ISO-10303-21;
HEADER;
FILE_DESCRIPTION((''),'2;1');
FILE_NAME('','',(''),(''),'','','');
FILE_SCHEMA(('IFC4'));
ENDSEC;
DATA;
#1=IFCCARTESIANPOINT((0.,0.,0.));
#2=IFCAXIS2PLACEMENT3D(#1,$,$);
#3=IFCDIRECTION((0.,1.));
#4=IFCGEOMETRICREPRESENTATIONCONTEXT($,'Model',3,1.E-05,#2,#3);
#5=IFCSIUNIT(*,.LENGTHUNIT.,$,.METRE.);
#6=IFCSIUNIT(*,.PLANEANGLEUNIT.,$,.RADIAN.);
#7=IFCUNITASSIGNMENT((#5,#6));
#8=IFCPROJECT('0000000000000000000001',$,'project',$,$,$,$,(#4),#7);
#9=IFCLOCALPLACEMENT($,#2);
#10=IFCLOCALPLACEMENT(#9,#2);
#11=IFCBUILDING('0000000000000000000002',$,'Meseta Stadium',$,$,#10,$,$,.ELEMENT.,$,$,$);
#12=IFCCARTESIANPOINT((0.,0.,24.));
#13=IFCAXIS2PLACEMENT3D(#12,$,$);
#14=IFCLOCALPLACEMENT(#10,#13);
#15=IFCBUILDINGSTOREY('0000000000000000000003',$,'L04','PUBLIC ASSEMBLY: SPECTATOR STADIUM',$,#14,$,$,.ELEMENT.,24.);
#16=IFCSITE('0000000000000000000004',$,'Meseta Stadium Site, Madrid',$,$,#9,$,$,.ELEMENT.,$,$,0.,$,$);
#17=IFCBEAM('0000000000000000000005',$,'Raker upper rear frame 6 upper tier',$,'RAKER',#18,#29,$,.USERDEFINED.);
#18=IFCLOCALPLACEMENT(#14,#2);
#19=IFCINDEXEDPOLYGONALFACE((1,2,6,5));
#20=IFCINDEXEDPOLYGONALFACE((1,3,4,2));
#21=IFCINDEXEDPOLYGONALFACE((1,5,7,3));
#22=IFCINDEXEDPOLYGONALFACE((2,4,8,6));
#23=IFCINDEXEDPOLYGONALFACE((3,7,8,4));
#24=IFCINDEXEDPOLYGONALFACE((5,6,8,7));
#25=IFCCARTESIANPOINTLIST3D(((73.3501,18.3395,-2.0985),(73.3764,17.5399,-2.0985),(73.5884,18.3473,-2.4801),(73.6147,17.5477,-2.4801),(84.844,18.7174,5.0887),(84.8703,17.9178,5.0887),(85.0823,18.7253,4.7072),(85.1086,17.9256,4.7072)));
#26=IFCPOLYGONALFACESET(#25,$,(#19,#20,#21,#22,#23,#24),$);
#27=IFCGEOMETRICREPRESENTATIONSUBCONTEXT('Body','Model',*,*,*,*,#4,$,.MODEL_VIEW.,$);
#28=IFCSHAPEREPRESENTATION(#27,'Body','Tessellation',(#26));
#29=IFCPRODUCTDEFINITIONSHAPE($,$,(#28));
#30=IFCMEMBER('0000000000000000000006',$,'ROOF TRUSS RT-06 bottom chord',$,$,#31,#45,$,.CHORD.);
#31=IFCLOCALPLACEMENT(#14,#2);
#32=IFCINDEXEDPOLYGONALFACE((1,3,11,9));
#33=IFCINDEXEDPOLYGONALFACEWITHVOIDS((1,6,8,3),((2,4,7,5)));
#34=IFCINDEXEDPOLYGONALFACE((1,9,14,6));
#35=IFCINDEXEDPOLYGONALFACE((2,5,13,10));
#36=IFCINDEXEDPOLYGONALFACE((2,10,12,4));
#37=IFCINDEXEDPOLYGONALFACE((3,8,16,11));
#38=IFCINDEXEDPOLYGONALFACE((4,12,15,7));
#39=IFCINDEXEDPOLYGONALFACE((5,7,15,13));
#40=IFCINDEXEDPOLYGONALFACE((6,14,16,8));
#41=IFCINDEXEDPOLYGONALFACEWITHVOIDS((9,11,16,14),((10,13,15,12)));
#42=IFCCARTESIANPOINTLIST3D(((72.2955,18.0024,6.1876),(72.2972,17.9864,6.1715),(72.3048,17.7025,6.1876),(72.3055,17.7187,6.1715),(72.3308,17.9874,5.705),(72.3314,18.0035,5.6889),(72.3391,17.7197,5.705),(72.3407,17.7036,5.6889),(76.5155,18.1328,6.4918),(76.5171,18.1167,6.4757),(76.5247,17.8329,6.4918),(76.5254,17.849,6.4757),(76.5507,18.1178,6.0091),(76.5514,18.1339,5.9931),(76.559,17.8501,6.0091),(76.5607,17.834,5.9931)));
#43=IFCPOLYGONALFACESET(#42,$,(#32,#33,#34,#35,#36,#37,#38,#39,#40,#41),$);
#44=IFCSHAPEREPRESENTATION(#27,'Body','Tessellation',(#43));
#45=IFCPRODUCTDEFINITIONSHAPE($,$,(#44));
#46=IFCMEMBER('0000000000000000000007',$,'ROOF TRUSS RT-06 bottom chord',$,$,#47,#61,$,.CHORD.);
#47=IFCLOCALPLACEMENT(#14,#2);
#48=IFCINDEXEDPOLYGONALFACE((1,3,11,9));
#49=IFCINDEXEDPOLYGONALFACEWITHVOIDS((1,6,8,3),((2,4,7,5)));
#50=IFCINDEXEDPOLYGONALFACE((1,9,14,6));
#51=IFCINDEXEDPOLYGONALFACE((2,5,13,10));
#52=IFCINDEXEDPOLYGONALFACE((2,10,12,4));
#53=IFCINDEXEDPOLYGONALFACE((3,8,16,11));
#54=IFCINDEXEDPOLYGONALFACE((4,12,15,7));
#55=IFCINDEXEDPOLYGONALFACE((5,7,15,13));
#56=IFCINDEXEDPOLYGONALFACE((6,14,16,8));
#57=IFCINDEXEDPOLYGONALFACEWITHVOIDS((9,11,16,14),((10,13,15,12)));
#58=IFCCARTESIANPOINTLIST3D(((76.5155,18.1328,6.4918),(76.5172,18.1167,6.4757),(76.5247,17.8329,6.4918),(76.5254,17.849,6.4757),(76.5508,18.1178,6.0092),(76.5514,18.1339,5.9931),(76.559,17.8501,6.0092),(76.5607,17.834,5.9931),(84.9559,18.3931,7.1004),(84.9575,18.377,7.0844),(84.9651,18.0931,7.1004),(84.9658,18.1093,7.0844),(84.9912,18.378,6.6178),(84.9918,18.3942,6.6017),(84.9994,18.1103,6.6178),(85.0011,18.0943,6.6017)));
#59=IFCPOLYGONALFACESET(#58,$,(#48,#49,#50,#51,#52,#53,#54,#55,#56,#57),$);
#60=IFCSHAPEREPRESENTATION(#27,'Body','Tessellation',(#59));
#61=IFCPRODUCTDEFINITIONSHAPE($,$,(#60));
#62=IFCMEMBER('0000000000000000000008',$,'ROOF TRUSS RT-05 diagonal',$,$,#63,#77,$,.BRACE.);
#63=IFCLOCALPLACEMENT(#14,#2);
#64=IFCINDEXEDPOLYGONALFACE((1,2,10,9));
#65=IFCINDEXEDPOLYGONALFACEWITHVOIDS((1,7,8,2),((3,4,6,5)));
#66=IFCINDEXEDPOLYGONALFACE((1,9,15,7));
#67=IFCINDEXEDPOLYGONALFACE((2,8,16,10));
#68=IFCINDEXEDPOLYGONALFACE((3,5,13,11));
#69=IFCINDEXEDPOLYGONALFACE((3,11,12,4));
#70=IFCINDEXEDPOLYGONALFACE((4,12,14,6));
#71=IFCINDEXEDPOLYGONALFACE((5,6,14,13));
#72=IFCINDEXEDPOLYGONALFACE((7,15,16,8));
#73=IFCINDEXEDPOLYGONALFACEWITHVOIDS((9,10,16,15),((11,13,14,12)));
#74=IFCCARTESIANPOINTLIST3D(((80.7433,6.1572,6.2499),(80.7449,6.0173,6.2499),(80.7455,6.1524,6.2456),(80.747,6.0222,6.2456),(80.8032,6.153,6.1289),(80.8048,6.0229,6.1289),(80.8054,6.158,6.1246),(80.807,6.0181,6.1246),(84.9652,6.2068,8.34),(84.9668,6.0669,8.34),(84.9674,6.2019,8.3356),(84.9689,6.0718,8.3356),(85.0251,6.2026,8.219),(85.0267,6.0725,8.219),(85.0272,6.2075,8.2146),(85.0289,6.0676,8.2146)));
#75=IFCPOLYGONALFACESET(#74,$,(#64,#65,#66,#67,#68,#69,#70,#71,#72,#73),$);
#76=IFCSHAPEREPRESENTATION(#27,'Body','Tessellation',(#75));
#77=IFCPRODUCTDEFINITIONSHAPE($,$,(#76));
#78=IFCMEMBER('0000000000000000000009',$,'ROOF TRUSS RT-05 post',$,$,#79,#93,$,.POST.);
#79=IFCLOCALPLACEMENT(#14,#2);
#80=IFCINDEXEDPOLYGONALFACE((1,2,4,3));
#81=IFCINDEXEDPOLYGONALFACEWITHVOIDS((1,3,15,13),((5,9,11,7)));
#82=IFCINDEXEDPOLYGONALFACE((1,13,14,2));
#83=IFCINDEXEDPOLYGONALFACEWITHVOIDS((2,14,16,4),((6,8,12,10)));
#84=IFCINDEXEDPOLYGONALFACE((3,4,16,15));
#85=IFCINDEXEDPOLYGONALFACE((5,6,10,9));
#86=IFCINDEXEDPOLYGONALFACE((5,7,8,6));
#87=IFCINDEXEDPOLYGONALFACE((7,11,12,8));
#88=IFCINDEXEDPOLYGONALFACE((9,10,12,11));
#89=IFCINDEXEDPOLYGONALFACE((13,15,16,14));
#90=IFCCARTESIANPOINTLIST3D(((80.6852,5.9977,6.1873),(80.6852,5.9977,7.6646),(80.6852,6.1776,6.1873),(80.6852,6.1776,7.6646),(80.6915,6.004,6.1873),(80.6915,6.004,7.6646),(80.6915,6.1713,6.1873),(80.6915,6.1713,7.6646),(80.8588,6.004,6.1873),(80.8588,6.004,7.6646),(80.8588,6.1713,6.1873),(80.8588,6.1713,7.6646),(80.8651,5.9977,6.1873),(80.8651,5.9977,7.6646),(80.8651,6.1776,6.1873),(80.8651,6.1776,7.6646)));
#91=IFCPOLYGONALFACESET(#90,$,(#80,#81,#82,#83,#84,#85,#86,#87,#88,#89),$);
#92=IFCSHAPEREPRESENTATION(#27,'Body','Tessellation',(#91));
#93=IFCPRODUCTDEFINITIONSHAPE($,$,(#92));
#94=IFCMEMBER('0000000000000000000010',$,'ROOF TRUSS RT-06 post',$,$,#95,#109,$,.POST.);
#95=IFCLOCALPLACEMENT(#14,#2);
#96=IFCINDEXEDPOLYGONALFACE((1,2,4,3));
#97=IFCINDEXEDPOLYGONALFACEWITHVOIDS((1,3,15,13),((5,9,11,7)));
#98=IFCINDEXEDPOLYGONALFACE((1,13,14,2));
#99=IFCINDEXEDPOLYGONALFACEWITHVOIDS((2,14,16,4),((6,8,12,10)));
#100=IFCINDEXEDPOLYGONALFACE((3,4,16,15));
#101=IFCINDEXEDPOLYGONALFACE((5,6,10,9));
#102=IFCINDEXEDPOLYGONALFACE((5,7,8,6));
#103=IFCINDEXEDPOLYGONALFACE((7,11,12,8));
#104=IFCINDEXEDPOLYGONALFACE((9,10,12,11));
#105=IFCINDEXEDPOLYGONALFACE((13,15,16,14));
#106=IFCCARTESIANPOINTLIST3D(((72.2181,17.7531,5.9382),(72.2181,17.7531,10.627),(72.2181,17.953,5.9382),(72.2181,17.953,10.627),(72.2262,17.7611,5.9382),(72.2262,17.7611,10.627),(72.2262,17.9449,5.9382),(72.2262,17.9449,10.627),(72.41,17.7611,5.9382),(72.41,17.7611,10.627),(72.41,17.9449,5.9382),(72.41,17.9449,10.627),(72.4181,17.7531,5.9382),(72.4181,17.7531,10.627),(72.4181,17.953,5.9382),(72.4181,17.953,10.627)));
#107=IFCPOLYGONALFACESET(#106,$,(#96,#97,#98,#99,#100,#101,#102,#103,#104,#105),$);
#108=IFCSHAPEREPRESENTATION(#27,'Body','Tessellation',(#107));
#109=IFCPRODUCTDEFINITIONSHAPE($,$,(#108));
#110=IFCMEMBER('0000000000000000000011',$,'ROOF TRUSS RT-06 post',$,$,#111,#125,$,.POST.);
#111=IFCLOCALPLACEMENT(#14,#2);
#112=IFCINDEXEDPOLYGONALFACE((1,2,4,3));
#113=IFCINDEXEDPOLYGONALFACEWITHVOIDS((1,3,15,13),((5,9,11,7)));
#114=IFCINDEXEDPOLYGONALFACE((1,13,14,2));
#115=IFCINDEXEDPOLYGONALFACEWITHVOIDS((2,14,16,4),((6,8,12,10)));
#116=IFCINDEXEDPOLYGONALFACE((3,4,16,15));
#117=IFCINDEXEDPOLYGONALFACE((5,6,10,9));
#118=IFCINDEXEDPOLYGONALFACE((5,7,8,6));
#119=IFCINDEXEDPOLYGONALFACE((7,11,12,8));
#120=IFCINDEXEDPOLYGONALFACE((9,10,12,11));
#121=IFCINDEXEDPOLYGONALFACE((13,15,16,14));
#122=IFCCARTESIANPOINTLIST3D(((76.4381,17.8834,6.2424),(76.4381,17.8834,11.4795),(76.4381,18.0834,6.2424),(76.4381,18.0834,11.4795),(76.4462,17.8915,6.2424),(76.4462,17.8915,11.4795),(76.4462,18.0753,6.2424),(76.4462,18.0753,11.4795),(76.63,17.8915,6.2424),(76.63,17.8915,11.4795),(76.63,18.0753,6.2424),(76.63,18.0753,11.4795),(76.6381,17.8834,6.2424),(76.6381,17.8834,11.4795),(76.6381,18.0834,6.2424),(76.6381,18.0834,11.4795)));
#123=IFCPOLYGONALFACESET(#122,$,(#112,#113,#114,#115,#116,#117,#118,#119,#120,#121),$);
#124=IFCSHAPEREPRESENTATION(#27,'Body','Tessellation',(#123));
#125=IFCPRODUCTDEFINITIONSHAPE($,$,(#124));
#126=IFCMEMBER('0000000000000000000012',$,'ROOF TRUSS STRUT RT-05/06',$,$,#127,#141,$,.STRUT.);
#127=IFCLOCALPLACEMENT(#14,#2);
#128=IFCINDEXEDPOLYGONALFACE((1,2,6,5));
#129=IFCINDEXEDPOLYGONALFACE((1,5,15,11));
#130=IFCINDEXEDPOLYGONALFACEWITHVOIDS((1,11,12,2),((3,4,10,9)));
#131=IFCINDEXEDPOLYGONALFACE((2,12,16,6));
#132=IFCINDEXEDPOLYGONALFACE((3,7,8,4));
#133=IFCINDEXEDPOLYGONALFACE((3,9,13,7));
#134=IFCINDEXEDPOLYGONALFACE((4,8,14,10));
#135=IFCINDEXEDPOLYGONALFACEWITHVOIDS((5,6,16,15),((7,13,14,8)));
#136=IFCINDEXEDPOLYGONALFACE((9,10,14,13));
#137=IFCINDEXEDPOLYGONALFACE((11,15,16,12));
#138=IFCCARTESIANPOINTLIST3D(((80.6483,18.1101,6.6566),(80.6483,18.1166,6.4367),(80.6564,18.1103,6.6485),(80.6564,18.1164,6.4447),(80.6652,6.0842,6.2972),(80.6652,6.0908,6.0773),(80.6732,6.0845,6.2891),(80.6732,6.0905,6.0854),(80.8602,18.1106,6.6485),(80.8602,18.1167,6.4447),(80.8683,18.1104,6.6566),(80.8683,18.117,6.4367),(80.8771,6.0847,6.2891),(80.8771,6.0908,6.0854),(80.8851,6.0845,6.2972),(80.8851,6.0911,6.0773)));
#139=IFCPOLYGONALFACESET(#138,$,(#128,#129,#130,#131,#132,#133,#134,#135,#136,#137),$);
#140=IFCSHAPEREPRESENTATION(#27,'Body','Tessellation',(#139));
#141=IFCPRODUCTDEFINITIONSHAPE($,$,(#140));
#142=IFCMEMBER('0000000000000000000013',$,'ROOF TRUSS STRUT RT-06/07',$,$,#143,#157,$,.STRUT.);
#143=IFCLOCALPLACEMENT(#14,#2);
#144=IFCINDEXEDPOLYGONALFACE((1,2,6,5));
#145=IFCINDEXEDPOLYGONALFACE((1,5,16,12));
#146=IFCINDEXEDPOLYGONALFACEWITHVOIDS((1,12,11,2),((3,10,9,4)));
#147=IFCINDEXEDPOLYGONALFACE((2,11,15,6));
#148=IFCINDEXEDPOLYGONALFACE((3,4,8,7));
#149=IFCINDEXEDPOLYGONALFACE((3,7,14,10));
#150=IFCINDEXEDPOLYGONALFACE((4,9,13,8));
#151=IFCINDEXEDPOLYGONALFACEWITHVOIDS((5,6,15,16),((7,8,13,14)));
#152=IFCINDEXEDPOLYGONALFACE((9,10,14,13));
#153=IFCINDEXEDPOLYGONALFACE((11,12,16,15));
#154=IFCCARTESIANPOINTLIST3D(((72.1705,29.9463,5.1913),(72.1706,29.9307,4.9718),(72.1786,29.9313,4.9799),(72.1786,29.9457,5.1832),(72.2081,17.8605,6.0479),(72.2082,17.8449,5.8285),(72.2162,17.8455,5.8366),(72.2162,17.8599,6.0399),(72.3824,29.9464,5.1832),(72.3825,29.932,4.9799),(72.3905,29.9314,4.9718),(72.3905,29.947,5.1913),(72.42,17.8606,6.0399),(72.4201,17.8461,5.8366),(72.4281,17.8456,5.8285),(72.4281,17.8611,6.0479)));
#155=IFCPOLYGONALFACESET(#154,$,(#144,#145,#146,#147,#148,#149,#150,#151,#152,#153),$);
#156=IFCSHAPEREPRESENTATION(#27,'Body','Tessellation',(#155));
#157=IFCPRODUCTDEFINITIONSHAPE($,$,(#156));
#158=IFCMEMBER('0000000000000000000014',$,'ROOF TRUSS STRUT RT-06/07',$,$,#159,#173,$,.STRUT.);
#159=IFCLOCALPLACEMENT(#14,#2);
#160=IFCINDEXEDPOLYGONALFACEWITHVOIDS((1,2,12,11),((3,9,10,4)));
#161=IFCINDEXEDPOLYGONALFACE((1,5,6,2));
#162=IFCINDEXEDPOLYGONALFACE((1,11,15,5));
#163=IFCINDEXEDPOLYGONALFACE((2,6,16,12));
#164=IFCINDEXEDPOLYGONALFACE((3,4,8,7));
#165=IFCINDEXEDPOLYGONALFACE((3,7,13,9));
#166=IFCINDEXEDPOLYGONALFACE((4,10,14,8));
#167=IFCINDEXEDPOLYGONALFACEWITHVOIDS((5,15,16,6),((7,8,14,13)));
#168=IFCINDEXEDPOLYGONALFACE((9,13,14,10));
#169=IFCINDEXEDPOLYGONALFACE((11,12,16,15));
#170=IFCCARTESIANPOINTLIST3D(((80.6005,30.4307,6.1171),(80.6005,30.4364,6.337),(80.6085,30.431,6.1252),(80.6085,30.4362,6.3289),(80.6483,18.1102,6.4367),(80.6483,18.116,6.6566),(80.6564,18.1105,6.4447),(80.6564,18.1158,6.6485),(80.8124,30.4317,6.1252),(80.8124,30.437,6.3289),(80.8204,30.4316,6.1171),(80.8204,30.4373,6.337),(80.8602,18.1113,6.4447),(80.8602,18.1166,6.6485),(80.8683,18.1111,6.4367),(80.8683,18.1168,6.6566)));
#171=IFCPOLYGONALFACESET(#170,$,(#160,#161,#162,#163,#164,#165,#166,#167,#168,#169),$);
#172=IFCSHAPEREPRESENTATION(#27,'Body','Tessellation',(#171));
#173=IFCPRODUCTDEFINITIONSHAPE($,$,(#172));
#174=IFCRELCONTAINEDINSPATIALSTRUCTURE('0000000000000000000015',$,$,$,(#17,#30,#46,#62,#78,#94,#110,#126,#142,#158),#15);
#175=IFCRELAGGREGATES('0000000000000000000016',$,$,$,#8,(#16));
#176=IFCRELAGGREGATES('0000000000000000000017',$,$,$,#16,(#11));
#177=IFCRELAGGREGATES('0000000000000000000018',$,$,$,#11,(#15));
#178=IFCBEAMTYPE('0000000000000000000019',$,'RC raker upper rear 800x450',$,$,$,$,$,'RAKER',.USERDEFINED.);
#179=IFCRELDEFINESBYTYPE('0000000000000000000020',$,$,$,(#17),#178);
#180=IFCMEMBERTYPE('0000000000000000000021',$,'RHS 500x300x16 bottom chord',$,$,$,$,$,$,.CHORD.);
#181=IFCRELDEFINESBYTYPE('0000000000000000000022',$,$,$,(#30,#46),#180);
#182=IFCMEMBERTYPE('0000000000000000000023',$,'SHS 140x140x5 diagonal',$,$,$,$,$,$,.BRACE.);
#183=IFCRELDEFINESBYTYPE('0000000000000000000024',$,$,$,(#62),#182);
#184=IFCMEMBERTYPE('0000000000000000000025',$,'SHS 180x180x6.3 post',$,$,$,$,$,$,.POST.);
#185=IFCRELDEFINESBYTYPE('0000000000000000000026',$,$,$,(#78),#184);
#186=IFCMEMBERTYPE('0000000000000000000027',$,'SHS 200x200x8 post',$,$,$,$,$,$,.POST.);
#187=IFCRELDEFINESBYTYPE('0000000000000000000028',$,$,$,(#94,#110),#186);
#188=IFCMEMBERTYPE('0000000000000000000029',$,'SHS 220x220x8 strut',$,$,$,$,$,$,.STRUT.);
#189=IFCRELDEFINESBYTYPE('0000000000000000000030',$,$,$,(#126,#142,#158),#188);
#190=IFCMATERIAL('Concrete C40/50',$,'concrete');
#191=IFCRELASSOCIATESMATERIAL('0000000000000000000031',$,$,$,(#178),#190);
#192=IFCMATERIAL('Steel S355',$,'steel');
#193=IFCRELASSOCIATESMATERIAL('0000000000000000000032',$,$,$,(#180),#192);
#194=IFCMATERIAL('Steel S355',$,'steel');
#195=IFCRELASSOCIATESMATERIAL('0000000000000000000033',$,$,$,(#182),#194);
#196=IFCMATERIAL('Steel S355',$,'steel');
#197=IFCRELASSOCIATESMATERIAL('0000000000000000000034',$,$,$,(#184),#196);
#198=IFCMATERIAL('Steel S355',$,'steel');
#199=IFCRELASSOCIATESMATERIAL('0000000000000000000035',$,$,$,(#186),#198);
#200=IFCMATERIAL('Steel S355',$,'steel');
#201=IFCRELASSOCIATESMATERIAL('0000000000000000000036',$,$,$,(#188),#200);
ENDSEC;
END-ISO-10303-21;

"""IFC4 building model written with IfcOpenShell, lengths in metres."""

from ifc_helpers import new_model, si_unit, direction, frame, origin, origin_2d, place, context, subcontext, project, spatial, rectangle, hollow_rectangle, extrude, material, material_profile, profile_set, type_object, element, save


model = new_model("IFC4")

# Units and contexts
model_context = context("Model", 3, precision=1e-05, world=origin(), true_north=direction((0.0, 1.0)))
body_context = subcontext(model_context, "Body", "Model", "MODEL_VIEW")
ifc_project = project(units=[si_unit("LENGTHUNIT", "METRE"), si_unit("PLANEANGLEUNIT", "RADIAN")], contexts=[model_context])

# Site, building, storey
site_placement = place(None, origin())
site = spatial("IfcSite", under=ifc_project, at=site_placement, Name="Meseta Stadium Site, Madrid", CompositionType="ELEMENT", RefElevation=0.0)
building_placement = place(site_placement, origin())
building = spatial("IfcBuilding", under=site, at=building_placement, Name="Meseta Stadium", CompositionType="ELEMENT")
storey_placement = place(building_placement, frame((0.0, 0.0, 24.0)))
storey = spatial("IfcBuildingStorey", under=building, at=storey_placement, Name="L04", Description="PUBLIC ASSEMBLY: SPECTATOR STADIUM", CompositionType="ELEMENT", Elevation=24.0)

# Beam
ifc_material_1 = material(Name="Concrete C40/50", Category="concrete")
ifc_material_profile_1 = material_profile(ifc_material_1, rectangle(XDim=0.8, YDim=0.45, at=origin_2d()), Name="RC 800x450")
ifc_profile_set_1 = profile_set([ifc_material_profile_1], Name="Concrete C40/50")
beam_type = type_object("IfcBeamType", Name="RC raker upper rear 800x450", ElementType="RAKER", PredefinedType="USERDEFINED", material=ifc_profile_set_1)
beam_placement = place(storey_placement, frame((73.4824, 17.9436, -2.2893), z_axis=(0.847551, 0.027868, 0.529982), x_axis=(-0.032863, 0.99946, 0.0)))
element("IfcBeam", 1, at=beam_placement, inside=storey, type_object=beam_type, Name="Raker upper rear frame 6 upper tier", ObjectType="RAKER", PredefinedType="USERDEFINED", context=body_context, shape_type="SweptSolid", body=[
    extrude(rectangle(XDim=0.8, YDim=0.45, at=origin_2d()), origin(), (0.0, 0.0, 1.0), 13.5613),
])

# Members
ifc_material_2 = material(Name="Steel S355", Category="steel")
ifc_material_profile_2 = material_profile(ifc_material_2, hollow_rectangle(XDim=0.3, YDim=0.5, WallThickness=0.0161, at=origin_2d()), Name="RHS 500x300x16")
ifc_profile_set_2 = profile_set([ifc_material_profile_2], Name="Steel S355")
member_type_1 = type_object("IfcMemberType", Name="RHS 500x300x16 bottom chord", PredefinedType="CHORD", material=ifc_profile_set_2)
member_1_placement = place(storey_placement, frame((72.3181, 17.853, 5.9382), z_axis=(0.996939, 0.030799, 0.071865), x_axis=(-0.030879, 0.999523, 0.0)))
element("IfcMember", 2, at=member_1_placement, inside=storey, type_object=member_type_1, Name="ROOF TRUSS RT-06 bottom chord", PredefinedType="CHORD", context=body_context, shape_type="SweptSolid", body=[
    extrude(hollow_rectangle(XDim=0.3, YDim=0.5, WallThickness=0.0161, at=origin_2d()), origin(), (0.0, 0.0, 1.0), 4.2329),
])
member_2_placement = place(storey_placement, frame((76.5381, 17.9834, 6.2424), z_axis=(0.996939, 0.03074, 0.07189), x_axis=(-0.03082, 0.999525, 0.0)))
element("IfcMember", 3, at=member_2_placement, inside=storey, type_object=member_type_1, Name="ROOF TRUSS RT-06 bottom chord", PredefinedType="CHORD", context=body_context, shape_type="SweptSolid", body=[
    extrude(hollow_rectangle(XDim=0.3, YDim=0.5, WallThickness=0.0161, at=origin_2d()), origin(), (0.0, 0.0, 1.0), 8.4663),
])
ifc_material_3 = material(Name="Steel S355", Category="steel")
ifc_material_profile_3 = material_profile(ifc_material_3, hollow_rectangle(XDim=0.1399, YDim=0.1399, WallThickness=0.0049, at=origin_2d()), Name="SHS 140x140x5")
ifc_profile_set_3 = profile_set([ifc_material_profile_3], Name="Steel S355")
member_type_2 = type_object("IfcMemberType", Name="SHS 140x140x5 diagonal", PredefinedType="BRACE", material=ifc_profile_set_3)
member_3_placement = place(storey_placement, frame((80.7751, 6.0876, 6.1873), z_axis=(0.896143, 0.01052, 0.443641), x_axis=(-0.011738, 0.999931, 0.0)))
element("IfcMember", 4, at=member_3_placement, inside=storey, type_object=member_type_2, Name="ROOF TRUSS RT-05 diagonal", PredefinedType="BRACE", context=body_context, shape_type="SweptSolid", body=[
    extrude(hollow_rectangle(XDim=0.1399, YDim=0.1399, WallThickness=0.0049, at=origin_2d()), origin(), (0.0, 0.0, 1.0), 4.7112),
])
ifc_material_4 = material(Name="Steel S355", Category="steel")
ifc_material_profile_4 = material_profile(ifc_material_4, hollow_rectangle(XDim=0.1799, YDim=0.1799, WallThickness=0.0063, at=origin_2d()), Name="SHS 180x180x6.3")
ifc_profile_set_4 = profile_set([ifc_material_profile_4], Name="Steel S355")
member_type_3 = type_object("IfcMemberType", Name="SHS 180x180x6.3 post", PredefinedType="POST", material=ifc_profile_set_4)
member_4_placement = place(storey_placement, frame((80.7751, 6.0876, 6.1873), z_axis=(0.0, 0.0, 1.0), x_axis=(1.0, 0.0, 0.0)))
element("IfcMember", 5, at=member_4_placement, inside=storey, type_object=member_type_3, Name="ROOF TRUSS RT-05 post", PredefinedType="POST", context=body_context, shape_type="SweptSolid", body=[
    extrude(hollow_rectangle(XDim=0.1799, YDim=0.1799, WallThickness=0.0063, at=origin_2d()), origin(), (0.0, 0.0, 1.0), 1.4773),
])
ifc_material_5 = material(Name="Steel S355", Category="steel")
ifc_material_profile_5 = material_profile(ifc_material_5, hollow_rectangle(XDim=0.2, YDim=0.2, WallThickness=0.0081, at=origin_2d()), Name="SHS 200x200x8")
ifc_profile_set_5 = profile_set([ifc_material_profile_5], Name="Steel S355")
member_type_4 = type_object("IfcMemberType", Name="SHS 200x200x8 post", PredefinedType="POST", material=ifc_profile_set_5)
member_5_placement = place(storey_placement, frame((72.3181, 17.853, 5.9382), z_axis=(0.0, 0.0, 1.0), x_axis=(1.0, 0.0, 0.0)))
element("IfcMember", 6, at=member_5_placement, inside=storey, type_object=member_type_4, Name="ROOF TRUSS RT-06 post", PredefinedType="POST", context=body_context, shape_type="SweptSolid", body=[
    extrude(hollow_rectangle(XDim=0.2, YDim=0.2, WallThickness=0.0081, at=origin_2d()), origin(), (0.0, 0.0, 1.0), 4.6887),
])
member_6_placement = place(storey_placement, frame((76.5381, 17.9834, 6.2424), z_axis=(0.0, 0.0, 1.0), x_axis=(1.0, 0.0, 0.0)))
element("IfcMember", 7, at=member_6_placement, inside=storey, type_object=member_type_4, Name="ROOF TRUSS RT-06 post", PredefinedType="POST", context=body_context, shape_type="SweptSolid", body=[
    extrude(hollow_rectangle(XDim=0.2, YDim=0.2, WallThickness=0.0081, at=origin_2d()), origin(), (0.0, 0.0, 1.0), 5.2371),
])
ifc_material_6 = material(Name="Steel S355", Category="steel")
ifc_material_profile_6 = material_profile(ifc_material_6, hollow_rectangle(XDim=0.22, YDim=0.22, WallThickness=0.0081, at=origin_2d()), Name="SHS 220x220x8")
ifc_profile_set_6 = profile_set([ifc_material_profile_6], Name="Steel S355")
member_type_5 = type_object("IfcMemberType", Name="SHS 220x220x8 strut", PredefinedType="STRUT", material=ifc_profile_set_6)
member_7_placement = place(storey_placement, frame((80.7751, 6.0876, 6.1873), z_axis=(-0.0014, 0.999553, 0.02987), x_axis=(-0.999999, -0.001401, 0.0)))
element("IfcMember", 8, at=member_7_placement, inside=storey, type_object=member_type_5, Name="ROOF TRUSS STRUT RT-05/06", PredefinedType="STRUT", context=body_context, shape_type="SweptSolid", body=[
    extrude(hollow_rectangle(XDim=0.22, YDim=0.22, WallThickness=0.0081, at=origin_2d()), origin(), (0.0, 0.0, 1.0), 12.0312),
])
member_8_placement = place(storey_placement, frame((72.3181, 17.853, 5.9382), z_axis=(-0.003103, 0.997492, -0.070705), x_axis=(-0.999995, -0.003111, 0.0)))
element("IfcMember", 9, at=member_8_placement, inside=storey, type_object=member_type_5, Name="ROOF TRUSS STRUT RT-06/07", PredefinedType="STRUT", context=body_context, shape_type="SweptSolid", body=[
    extrude(hollow_rectangle(XDim=0.22, YDim=0.22, WallThickness=0.0081, at=origin_2d()), origin(), (0.0, 0.0, 1.0), 12.1162),
])
member_9_placement = place(storey_placement, frame((80.7583, 18.1135, 6.5466), z_axis=(-0.003883, 0.999656, -0.02593), x_axis=(-0.999992, -0.003884, 0.0)))
element("IfcMember", 10, at=member_9_placement, inside=storey, type_object=member_type_5, Name="ROOF TRUSS STRUT RT-06/07", PredefinedType="STRUT", context=body_context, shape_type="SweptSolid", body=[
    extrude(hollow_rectangle(XDim=0.22, YDim=0.22, WallThickness=0.0081, at=origin_2d()), origin(), (0.0, 0.0, 1.0), 12.3247),
])

save(model, "model.ifc")
